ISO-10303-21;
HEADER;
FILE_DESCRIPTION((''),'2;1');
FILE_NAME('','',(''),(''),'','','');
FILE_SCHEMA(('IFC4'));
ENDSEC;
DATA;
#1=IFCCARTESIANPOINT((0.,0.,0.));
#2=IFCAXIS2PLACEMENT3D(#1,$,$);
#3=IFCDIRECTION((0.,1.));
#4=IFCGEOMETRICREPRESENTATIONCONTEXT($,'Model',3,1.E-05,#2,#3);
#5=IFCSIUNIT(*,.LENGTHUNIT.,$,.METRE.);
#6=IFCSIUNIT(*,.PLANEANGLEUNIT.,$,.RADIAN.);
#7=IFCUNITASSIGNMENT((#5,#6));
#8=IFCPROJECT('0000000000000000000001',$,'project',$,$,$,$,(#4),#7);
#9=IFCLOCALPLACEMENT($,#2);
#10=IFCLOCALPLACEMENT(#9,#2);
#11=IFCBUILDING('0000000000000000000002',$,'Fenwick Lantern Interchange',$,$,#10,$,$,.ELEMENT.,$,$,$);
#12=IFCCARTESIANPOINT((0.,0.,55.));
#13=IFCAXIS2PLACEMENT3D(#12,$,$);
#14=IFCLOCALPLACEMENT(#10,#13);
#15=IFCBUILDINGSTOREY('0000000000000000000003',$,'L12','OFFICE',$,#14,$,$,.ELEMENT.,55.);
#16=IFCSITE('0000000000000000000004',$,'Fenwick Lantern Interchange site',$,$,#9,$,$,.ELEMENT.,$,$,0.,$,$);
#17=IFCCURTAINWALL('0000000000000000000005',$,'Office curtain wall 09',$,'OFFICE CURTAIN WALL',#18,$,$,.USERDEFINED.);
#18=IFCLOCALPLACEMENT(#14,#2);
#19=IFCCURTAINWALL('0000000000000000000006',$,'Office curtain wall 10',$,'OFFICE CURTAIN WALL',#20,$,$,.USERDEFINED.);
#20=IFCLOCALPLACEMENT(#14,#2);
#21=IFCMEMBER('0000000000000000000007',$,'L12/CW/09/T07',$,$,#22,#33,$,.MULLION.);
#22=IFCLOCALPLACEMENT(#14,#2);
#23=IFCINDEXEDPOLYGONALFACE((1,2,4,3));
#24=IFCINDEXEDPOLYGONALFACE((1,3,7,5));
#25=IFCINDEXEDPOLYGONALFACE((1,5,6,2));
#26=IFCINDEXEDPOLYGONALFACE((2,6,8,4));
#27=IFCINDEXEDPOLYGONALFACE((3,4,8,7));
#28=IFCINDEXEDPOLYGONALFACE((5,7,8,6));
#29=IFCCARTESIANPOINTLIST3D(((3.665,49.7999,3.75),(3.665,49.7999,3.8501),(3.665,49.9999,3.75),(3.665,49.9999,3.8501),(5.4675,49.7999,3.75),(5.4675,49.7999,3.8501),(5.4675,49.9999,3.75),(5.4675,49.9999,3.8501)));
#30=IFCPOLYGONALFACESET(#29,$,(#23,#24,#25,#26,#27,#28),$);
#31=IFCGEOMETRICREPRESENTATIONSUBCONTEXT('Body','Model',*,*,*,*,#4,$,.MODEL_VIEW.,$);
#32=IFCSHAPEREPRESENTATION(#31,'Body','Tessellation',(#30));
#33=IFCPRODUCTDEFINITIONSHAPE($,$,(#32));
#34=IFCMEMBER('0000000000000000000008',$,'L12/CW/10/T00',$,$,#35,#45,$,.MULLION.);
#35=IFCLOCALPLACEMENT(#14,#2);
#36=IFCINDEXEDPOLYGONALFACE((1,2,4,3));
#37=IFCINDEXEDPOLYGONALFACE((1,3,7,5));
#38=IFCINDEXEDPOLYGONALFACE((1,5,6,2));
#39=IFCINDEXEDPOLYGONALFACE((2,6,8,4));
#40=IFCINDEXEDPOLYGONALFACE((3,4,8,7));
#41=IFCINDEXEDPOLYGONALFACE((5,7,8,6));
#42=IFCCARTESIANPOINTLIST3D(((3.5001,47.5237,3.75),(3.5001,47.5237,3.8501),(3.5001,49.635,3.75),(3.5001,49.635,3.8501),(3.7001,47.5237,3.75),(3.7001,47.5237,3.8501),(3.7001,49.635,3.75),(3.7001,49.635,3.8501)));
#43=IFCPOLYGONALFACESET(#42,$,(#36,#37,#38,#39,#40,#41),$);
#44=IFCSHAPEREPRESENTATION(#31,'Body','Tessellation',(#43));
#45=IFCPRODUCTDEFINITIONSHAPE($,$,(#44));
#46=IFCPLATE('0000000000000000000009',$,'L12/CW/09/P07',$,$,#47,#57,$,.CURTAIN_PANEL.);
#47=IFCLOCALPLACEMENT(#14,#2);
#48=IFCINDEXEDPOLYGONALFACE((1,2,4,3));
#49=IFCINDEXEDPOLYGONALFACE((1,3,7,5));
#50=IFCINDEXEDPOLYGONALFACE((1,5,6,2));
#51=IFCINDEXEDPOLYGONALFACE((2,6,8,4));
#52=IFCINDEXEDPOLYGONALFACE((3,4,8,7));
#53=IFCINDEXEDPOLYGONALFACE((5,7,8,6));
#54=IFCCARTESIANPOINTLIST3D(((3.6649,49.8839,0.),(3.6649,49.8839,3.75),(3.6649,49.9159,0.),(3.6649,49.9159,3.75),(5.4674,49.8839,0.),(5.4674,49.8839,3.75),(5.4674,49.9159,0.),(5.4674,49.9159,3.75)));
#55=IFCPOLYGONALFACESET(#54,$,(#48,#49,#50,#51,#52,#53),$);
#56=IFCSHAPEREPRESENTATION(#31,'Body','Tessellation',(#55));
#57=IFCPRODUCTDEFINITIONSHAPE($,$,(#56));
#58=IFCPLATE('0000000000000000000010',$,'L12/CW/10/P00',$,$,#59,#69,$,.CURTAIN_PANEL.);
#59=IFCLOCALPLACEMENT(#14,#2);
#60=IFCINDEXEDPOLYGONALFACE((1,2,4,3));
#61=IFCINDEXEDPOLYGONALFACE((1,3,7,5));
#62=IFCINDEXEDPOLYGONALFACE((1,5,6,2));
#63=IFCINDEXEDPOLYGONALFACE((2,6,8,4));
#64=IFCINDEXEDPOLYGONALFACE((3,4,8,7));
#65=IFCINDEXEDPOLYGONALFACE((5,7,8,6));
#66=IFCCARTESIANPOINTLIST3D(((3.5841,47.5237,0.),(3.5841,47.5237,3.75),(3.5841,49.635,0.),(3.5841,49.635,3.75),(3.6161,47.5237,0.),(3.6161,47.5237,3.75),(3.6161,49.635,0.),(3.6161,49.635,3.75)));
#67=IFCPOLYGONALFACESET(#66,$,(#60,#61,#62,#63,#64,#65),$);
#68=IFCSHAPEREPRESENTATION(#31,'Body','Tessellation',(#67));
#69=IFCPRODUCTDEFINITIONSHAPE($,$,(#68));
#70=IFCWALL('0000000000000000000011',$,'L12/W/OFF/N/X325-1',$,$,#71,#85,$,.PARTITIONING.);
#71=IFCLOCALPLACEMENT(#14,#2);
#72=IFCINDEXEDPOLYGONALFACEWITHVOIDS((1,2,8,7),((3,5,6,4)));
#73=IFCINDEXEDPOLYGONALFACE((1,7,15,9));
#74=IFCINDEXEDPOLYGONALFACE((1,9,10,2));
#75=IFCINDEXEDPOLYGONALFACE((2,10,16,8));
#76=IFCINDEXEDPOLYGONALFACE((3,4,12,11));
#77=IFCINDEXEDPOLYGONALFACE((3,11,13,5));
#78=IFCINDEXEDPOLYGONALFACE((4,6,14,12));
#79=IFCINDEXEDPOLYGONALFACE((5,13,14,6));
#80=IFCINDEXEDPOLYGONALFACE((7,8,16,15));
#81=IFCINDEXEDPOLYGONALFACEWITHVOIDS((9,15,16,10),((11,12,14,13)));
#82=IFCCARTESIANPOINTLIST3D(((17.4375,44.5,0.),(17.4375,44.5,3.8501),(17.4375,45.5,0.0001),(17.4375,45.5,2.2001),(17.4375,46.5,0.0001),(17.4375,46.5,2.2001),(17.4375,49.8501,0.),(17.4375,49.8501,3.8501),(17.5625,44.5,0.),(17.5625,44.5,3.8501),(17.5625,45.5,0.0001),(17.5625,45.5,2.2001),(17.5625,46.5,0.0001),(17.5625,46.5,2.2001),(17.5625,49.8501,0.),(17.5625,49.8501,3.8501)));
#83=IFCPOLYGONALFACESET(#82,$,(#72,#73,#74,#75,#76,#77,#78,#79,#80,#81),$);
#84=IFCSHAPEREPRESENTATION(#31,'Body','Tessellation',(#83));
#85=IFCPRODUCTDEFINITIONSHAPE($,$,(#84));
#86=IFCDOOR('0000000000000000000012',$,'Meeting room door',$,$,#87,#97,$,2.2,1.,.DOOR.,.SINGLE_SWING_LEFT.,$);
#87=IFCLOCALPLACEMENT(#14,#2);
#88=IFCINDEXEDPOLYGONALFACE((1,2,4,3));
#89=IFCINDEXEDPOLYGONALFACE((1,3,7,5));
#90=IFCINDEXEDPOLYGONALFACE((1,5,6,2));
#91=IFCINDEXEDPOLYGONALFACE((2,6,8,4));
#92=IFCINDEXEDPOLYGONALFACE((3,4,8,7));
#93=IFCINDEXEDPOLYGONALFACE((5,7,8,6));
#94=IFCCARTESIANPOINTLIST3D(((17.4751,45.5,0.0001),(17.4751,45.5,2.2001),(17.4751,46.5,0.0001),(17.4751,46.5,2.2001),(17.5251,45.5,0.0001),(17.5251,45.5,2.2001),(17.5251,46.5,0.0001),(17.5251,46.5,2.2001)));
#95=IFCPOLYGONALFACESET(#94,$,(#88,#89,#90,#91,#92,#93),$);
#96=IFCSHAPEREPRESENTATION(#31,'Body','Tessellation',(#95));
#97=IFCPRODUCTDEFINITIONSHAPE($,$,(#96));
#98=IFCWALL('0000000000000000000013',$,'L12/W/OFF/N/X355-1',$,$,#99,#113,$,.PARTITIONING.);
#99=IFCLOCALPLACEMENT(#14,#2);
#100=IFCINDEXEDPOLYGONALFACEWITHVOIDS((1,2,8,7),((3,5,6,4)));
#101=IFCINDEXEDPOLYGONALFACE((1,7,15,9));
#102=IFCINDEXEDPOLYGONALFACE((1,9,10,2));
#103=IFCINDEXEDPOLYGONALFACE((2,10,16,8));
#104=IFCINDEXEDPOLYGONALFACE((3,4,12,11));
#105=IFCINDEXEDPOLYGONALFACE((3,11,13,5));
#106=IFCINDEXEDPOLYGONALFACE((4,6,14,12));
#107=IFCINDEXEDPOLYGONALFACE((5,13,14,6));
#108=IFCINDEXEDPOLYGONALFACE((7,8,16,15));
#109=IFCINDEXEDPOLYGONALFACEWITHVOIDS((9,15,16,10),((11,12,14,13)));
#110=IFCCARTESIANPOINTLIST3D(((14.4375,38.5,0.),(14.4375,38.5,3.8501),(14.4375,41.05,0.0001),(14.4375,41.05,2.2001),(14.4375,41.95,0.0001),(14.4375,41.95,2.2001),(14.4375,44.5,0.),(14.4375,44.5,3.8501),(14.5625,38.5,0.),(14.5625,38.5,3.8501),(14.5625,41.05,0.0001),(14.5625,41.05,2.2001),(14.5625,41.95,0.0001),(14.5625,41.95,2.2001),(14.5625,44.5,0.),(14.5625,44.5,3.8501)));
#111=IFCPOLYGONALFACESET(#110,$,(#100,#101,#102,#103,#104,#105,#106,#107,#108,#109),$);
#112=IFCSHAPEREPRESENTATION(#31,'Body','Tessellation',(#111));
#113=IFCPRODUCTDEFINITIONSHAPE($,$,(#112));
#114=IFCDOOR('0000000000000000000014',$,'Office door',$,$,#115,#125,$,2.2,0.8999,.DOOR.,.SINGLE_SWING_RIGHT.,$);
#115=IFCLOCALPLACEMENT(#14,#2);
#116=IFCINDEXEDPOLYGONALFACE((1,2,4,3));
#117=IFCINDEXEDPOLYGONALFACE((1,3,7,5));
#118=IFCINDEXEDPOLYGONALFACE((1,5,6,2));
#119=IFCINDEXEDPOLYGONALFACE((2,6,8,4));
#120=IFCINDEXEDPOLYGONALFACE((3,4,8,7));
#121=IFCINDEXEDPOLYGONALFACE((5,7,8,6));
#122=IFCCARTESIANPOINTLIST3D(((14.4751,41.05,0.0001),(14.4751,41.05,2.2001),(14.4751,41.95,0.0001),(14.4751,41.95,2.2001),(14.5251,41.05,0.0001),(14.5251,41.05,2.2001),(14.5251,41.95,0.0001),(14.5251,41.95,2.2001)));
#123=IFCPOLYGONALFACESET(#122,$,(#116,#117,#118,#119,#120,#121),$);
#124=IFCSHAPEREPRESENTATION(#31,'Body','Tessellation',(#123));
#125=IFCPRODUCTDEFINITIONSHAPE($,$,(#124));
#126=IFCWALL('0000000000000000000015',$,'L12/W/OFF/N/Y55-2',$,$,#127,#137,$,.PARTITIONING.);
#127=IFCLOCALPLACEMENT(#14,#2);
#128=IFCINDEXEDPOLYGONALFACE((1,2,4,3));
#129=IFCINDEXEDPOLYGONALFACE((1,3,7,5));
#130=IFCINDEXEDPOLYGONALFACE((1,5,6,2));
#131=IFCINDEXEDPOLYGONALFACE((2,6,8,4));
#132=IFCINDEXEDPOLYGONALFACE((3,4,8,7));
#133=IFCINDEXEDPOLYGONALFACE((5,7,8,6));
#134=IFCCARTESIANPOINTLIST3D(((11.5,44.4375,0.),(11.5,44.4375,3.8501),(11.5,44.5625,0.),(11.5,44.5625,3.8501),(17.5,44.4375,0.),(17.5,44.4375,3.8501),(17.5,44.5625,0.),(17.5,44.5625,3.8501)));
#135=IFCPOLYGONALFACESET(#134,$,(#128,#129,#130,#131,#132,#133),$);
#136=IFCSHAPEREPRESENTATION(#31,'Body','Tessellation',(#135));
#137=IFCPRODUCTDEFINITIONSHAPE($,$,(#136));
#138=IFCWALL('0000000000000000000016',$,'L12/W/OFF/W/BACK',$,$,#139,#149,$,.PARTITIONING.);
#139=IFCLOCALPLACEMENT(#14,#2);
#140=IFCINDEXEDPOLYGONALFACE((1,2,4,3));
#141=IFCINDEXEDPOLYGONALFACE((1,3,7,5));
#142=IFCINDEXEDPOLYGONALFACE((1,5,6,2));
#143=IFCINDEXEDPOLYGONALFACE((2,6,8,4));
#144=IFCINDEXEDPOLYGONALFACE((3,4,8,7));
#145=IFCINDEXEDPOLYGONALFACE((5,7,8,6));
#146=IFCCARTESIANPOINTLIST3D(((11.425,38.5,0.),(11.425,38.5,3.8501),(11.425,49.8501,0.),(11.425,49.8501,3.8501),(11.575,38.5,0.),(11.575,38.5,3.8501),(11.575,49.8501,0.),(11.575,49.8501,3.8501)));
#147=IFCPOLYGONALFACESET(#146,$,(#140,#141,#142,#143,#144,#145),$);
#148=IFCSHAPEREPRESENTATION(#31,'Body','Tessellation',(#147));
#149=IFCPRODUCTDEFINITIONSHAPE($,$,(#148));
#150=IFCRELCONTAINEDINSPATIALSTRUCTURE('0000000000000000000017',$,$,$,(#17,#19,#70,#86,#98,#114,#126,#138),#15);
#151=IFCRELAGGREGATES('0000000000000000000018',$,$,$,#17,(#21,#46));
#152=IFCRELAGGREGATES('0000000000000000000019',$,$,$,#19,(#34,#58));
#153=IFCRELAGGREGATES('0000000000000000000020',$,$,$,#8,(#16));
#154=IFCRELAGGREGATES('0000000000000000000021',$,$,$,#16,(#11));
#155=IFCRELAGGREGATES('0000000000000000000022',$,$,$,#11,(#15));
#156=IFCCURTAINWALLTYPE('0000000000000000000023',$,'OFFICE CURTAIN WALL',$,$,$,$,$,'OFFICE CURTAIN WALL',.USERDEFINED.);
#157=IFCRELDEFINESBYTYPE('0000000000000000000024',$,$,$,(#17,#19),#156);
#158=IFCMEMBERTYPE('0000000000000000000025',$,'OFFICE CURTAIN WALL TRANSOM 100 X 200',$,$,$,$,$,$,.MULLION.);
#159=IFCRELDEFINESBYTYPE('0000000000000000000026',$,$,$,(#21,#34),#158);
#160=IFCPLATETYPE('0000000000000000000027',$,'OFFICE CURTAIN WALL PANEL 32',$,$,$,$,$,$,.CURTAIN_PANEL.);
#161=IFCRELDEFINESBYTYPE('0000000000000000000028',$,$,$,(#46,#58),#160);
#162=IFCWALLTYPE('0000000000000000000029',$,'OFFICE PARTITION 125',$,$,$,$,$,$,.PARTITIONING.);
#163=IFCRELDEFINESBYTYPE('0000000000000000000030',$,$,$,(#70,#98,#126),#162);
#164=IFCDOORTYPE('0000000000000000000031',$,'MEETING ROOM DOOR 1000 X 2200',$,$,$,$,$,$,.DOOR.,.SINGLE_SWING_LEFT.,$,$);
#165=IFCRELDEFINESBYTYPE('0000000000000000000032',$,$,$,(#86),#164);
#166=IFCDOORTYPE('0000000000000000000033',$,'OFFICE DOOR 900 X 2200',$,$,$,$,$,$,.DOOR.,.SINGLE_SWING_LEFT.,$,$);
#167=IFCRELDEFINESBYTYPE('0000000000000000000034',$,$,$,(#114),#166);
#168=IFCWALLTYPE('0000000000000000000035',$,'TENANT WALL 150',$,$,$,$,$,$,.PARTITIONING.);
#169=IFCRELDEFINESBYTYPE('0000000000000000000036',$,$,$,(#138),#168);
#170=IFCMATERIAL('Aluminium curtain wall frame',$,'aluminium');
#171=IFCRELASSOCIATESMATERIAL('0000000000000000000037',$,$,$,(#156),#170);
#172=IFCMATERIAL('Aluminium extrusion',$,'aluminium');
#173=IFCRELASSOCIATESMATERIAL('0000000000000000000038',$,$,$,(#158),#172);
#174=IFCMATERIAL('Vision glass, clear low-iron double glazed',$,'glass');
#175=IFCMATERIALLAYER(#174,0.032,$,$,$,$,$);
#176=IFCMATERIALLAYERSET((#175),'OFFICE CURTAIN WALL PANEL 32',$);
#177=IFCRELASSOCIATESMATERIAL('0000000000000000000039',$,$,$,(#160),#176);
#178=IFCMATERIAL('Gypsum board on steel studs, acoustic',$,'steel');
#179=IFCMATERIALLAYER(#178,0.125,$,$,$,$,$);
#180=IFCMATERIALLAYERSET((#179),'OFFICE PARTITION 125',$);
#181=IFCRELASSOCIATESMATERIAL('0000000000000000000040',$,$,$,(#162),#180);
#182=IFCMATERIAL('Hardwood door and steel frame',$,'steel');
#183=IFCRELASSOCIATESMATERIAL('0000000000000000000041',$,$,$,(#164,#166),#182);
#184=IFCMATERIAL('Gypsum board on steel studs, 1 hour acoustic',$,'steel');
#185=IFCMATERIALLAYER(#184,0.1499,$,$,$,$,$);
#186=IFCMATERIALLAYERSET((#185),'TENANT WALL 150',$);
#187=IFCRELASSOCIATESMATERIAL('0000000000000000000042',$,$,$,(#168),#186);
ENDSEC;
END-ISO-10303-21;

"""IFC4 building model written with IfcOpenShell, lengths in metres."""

from ifc_helpers import new_model, si_unit, direction, frame, frame_2d, origin, origin_2d, place, context, subcontext, project, spatial, rectangle, extrude, material, layer, layer_set, material_profile, profile_set, type_object, element, fill, aggregate, save


model = new_model("IFC4")

# Units and contexts
model_context = context("Model", 3, precision=1e-05, world=origin(), true_north=direction((0.0, 1.0)))
body_context = subcontext(model_context, "Body", "Model", "MODEL_VIEW")
ifc_project = project(units=[si_unit("LENGTHUNIT", "METRE"), si_unit("PLANEANGLEUNIT", "RADIAN")], contexts=[model_context])

# Site, building, storey
site_placement = place(None, origin())
site = spatial("IfcSite", under=ifc_project, at=site_placement, Name="Fenwick Lantern Interchange site", CompositionType="ELEMENT", RefElevation=0.0)
building_placement = place(site_placement, origin())
building = spatial("IfcBuilding", under=site, at=building_placement, Name="Fenwick Lantern Interchange", CompositionType="ELEMENT")
storey_placement = place(building_placement, frame((0.0, 0.0, 55.0)))
storey = spatial("IfcBuildingStorey", under=building, at=storey_placement, Name="L12", Description="OFFICE", CompositionType="ELEMENT", Elevation=55.0)

# Curtain wall
ifc_material_1 = material(Name="Aluminium curtain wall frame", Category="aluminium")
curtain_wall_type = type_object("IfcCurtainWallType", Name="OFFICE CURTAIN WALL", ElementType="OFFICE CURTAIN WALL", PredefinedType="USERDEFINED", material=ifc_material_1)
curtain_wall_1_placement = place(storey_placement, origin())
curtain_wall_1 = element("IfcCurtainWall", 1, at=curtain_wall_1_placement, inside=storey, type_object=curtain_wall_type, Name="Office curtain wall 09", ObjectType="OFFICE CURTAIN WALL", PredefinedType="USERDEFINED")
ifc_material_2 = material(Name="Aluminium extrusion", Category="aluminium")

# Curtain wall
curtain_wall_2_placement = place(storey_placement, origin())
curtain_wall_2 = element("IfcCurtainWall", 2, at=curtain_wall_2_placement, inside=storey, type_object=curtain_wall_type, Name="Office curtain wall 10", ObjectType="OFFICE CURTAIN WALL", PredefinedType="USERDEFINED")

# Members
ifc_material_profile_1 = material_profile(ifc_material_2, rectangle(XDim=0.2, YDim=0.1001, at=origin_2d()), Name="OFFICE CURTAIN WALL TRANSOM 100 X 200")
ifc_profile_set_1 = profile_set([ifc_material_profile_1], Name="Aluminium extrusion")
member_type_1 = type_object("IfcMemberType", Name="OFFICE CURTAIN WALL TRANSOM 100 X 200", PredefinedType="MULLION", material=ifc_profile_set_1)
member_1_placement = place(storey_placement, frame((5.4675, 49.8999, 3.8), z_axis=(-1.0, 0.0, 0.0), x_axis=(0.0, -1.0, 0.0)))
member_1 = element("IfcMember", 3, at=member_1_placement, type_object=member_type_1, Name="L12/CW/09/T07", PredefinedType="MULLION", context=body_context, shape_type="SweptSolid", body=[
    extrude(rectangle(XDim=0.2, YDim=0.1001, at=origin_2d()), origin(), (0.0, 0.0, 1.0), 1.8025),
])
member_2_placement = place(storey_placement, frame((3.6001, 49.635, 3.8), z_axis=(0.0, -1.0, 0.0), x_axis=(1.0, 0.0, 0.0)))
member_2 = element("IfcMember", 4, at=member_2_placement, type_object=member_type_1, Name="L12/CW/10/T00", PredefinedType="MULLION", context=body_context, shape_type="SweptSolid", body=[
    extrude(rectangle(XDim=0.2, YDim=0.1001, at=origin_2d()), origin(), (0.0, 0.0, 1.0), 2.1113),
])

# Plates
ifc_material_3 = material(Name="Vision glass, clear low-iron double glazed", Category="glass")
ifc_layer_1 = layer(ifc_material_3, 0.032)
ifc_layer_set_1 = layer_set([ifc_layer_1], Name="OFFICE CURTAIN WALL PANEL 32")
plate_type = type_object("IfcPlateType", Name="OFFICE CURTAIN WALL PANEL 32", PredefinedType="CURTAIN_PANEL", material=ifc_layer_set_1)
plate_1_placement = place(storey_placement, frame((4.5662, 49.8999, 0.0), z_axis=(0.0, 0.0, 1.0), x_axis=(-1.0, 0.0, 0.0)))
plate_1 = element("IfcPlate", 5, at=plate_1_placement, type_object=plate_type, Name="L12/CW/09/P07", PredefinedType="CURTAIN_PANEL", context=body_context, shape_type="SweptSolid", body=[
    extrude(rectangle(XDim=1.8025, YDim=0.032, at=origin_2d()), origin(), (0.0, 0.0, 1.0), 3.75),
])
aggregate(curtain_wall_1, [member_1, plate_1])
plate_2_placement = place(storey_placement, frame((3.6001, 48.5793, 0.0), z_axis=(0.0, 0.0, 1.0), x_axis=(0.0, -1.0, 0.0)))
plate_2 = element("IfcPlate", 6, at=plate_2_placement, type_object=plate_type, Name="L12/CW/10/P00", PredefinedType="CURTAIN_PANEL", context=body_context, shape_type="SweptSolid", body=[
    extrude(rectangle(XDim=2.1113, YDim=0.032, at=origin_2d()), origin(), (0.0, 0.0, 1.0), 3.75),
])
aggregate(curtain_wall_2, [member_2, plate_2])

# Walls, openings, doors
ifc_material_4 = material(Name="Gypsum board on steel studs, acoustic", Category="steel")
ifc_layer_2 = layer(ifc_material_4, 0.125)
ifc_layer_set_2 = layer_set([ifc_layer_2], Name="OFFICE PARTITION 125")
wall_type_1 = type_object("IfcWallType", Name="OFFICE PARTITION 125", PredefinedType="PARTITIONING", material=ifc_layer_set_2)
wall_1_placement = place(storey_placement, frame((17.5, 49.8501, 0.0), z_axis=(0.0, 0.0, 1.0), x_axis=(0.0, -1.0, 0.0)))
wall_1 = element("IfcWall", 7, at=wall_1_placement, inside=storey, type_object=wall_type_1, Name="L12/W/OFF/N/X325-1", PredefinedType="PARTITIONING", context=body_context, shape_type="SweptSolid", body=[
    extrude(rectangle(XDim=5.3501, YDim=0.125, at=frame_2d((2.675, 0.0))), origin(), (0.0, 0.0, 1.0), 3.8501),
])
opening_1_placement = place(wall_1_placement, frame((3.3501, 0.0, 0.0)))
opening_1 = element("IfcOpeningElement", 8, at=opening_1_placement, cuts=wall_1, PredefinedType="OPENING", context=body_context, shape_type="SweptSolid", body=[
    extrude(rectangle(XDim=1.0, YDim=2.2, at=frame_2d((0.5, 1.1001))), frame((0.0, 0.0725, 0.0), z_axis=(0.0, -1.0, 0.0), x_axis=(1.0, 0.0, 0.0)), (0.0, 0.0, 1.0), 0.145),
])
ifc_material_5 = material(Name="Hardwood door and steel frame", Category="steel")
door_type_1 = type_object("IfcDoorType", Name="MEETING ROOM DOOR 1000 X 2200", OperationType="SINGLE_SWING_LEFT", PredefinedType="DOOR", material=ifc_material_5)
door_1_placement = place(opening_1_placement, frame((1.0, 0.0, 0.0), z_axis=(0.0, 0.0, 1.0), x_axis=(-1.0, 0.0, 0.0)))
door_1 = element("IfcDoor", 9, at=door_1_placement, inside=storey, type_object=door_type_1, Name="Meeting room door", OperationType="SINGLE_SWING_LEFT", OverallHeight=2.2, OverallWidth=1.0, PredefinedType="DOOR", context=body_context, shape_type="SweptSolid", body=[
    extrude(rectangle(XDim=1.0, YDim=2.2, at=frame_2d((0.5, 1.1001))), frame((0.0, 0.0249, 0.0), z_axis=(0.0, -1.0, 0.0), x_axis=(1.0, 0.0, 0.0)), (0.0, 0.0, 1.0), 0.05),
])
fill(opening_1, door_1)
wall_2_placement = place(storey_placement, frame((14.5, 44.5, 0.0), z_axis=(0.0, 0.0, 1.0), x_axis=(0.0, -1.0, 0.0)))
wall_2 = element("IfcWall", 10, at=wall_2_placement, inside=storey, type_object=wall_type_1, Name="L12/W/OFF/N/X355-1", PredefinedType="PARTITIONING", context=body_context, shape_type="SweptSolid", body=[
    extrude(rectangle(XDim=6.0, YDim=0.125, at=frame_2d((3.0, 0.0))), origin(), (0.0, 0.0, 1.0), 3.8501),
])
opening_2_placement = place(wall_2_placement, frame((2.55, 0.0, 0.0)))
opening_2 = element("IfcOpeningElement", 11, at=opening_2_placement, cuts=wall_2, PredefinedType="OPENING", context=body_context, shape_type="SweptSolid", body=[
    extrude(rectangle(XDim=0.8999, YDim=2.2, at=frame_2d((0.45, 1.1001))), frame((0.0, 0.0725, 0.0), z_axis=(0.0, -1.0, 0.0), x_axis=(1.0, 0.0, 0.0)), (0.0, 0.0, 1.0), 0.145),
])
door_type_2 = type_object("IfcDoorType", Name="OFFICE DOOR 900 X 2200", OperationType="SINGLE_SWING_LEFT", PredefinedType="DOOR", material=ifc_material_5)
door_2_placement = place(opening_2_placement, frame((0.8999, 0.0, 0.0), z_axis=(0.0, 0.0, 1.0), x_axis=(-1.0, 0.0, 0.0)))
door_2 = element("IfcDoor", 12, at=door_2_placement, inside=storey, type_object=door_type_2, Name="Office door", OperationType="SINGLE_SWING_RIGHT", OverallHeight=2.2, OverallWidth=0.8999, PredefinedType="DOOR", context=body_context, shape_type="SweptSolid", body=[
    extrude(rectangle(XDim=0.8999, YDim=2.2, at=frame_2d((0.45, 1.1001))), frame((0.0, 0.0249, 0.0), z_axis=(0.0, -1.0, 0.0), x_axis=(1.0, 0.0, 0.0)), (0.0, 0.0, 1.0), 0.05),
])
fill(opening_2, door_2)

# Walls
wall_3_placement = place(storey_placement, frame((17.5, 44.5, 0.0), z_axis=(0.0, 0.0, 1.0), x_axis=(-1.0, 0.0, 0.0)))
element("IfcWall", 13, at=wall_3_placement, inside=storey, type_object=wall_type_1, Name="L12/W/OFF/N/Y55-2", PredefinedType="PARTITIONING", context=body_context, shape_type="SweptSolid", body=[
    extrude(rectangle(XDim=6.0, YDim=0.125, at=frame_2d((3.0, 0.0))), origin(), (0.0, 0.0, 1.0), 3.8501),
])
ifc_material_6 = material(Name="Gypsum board on steel studs, 1 hour acoustic", Category="steel")
ifc_layer_3 = layer(ifc_material_6, 0.1499)
ifc_layer_set_3 = layer_set([ifc_layer_3], Name="TENANT WALL 150")
wall_type_2 = type_object("IfcWallType", Name="TENANT WALL 150", PredefinedType="PARTITIONING", material=ifc_layer_set_3)
wall_4_placement = place(storey_placement, frame((11.5, 49.8501, 0.0), z_axis=(0.0, 0.0, 1.0), x_axis=(0.0, -1.0, 0.0)))
element("IfcWall", 14, at=wall_4_placement, inside=storey, type_object=wall_type_2, Name="L12/W/OFF/W/BACK", PredefinedType="PARTITIONING", context=body_context, shape_type="SweptSolid", body=[
    extrude(rectangle(XDim=11.3501, YDim=0.1499, at=frame_2d((5.675, 0.0))), origin(), (0.0, 0.0, 1.0), 3.8501),
])

save(model, "model.ifc")
